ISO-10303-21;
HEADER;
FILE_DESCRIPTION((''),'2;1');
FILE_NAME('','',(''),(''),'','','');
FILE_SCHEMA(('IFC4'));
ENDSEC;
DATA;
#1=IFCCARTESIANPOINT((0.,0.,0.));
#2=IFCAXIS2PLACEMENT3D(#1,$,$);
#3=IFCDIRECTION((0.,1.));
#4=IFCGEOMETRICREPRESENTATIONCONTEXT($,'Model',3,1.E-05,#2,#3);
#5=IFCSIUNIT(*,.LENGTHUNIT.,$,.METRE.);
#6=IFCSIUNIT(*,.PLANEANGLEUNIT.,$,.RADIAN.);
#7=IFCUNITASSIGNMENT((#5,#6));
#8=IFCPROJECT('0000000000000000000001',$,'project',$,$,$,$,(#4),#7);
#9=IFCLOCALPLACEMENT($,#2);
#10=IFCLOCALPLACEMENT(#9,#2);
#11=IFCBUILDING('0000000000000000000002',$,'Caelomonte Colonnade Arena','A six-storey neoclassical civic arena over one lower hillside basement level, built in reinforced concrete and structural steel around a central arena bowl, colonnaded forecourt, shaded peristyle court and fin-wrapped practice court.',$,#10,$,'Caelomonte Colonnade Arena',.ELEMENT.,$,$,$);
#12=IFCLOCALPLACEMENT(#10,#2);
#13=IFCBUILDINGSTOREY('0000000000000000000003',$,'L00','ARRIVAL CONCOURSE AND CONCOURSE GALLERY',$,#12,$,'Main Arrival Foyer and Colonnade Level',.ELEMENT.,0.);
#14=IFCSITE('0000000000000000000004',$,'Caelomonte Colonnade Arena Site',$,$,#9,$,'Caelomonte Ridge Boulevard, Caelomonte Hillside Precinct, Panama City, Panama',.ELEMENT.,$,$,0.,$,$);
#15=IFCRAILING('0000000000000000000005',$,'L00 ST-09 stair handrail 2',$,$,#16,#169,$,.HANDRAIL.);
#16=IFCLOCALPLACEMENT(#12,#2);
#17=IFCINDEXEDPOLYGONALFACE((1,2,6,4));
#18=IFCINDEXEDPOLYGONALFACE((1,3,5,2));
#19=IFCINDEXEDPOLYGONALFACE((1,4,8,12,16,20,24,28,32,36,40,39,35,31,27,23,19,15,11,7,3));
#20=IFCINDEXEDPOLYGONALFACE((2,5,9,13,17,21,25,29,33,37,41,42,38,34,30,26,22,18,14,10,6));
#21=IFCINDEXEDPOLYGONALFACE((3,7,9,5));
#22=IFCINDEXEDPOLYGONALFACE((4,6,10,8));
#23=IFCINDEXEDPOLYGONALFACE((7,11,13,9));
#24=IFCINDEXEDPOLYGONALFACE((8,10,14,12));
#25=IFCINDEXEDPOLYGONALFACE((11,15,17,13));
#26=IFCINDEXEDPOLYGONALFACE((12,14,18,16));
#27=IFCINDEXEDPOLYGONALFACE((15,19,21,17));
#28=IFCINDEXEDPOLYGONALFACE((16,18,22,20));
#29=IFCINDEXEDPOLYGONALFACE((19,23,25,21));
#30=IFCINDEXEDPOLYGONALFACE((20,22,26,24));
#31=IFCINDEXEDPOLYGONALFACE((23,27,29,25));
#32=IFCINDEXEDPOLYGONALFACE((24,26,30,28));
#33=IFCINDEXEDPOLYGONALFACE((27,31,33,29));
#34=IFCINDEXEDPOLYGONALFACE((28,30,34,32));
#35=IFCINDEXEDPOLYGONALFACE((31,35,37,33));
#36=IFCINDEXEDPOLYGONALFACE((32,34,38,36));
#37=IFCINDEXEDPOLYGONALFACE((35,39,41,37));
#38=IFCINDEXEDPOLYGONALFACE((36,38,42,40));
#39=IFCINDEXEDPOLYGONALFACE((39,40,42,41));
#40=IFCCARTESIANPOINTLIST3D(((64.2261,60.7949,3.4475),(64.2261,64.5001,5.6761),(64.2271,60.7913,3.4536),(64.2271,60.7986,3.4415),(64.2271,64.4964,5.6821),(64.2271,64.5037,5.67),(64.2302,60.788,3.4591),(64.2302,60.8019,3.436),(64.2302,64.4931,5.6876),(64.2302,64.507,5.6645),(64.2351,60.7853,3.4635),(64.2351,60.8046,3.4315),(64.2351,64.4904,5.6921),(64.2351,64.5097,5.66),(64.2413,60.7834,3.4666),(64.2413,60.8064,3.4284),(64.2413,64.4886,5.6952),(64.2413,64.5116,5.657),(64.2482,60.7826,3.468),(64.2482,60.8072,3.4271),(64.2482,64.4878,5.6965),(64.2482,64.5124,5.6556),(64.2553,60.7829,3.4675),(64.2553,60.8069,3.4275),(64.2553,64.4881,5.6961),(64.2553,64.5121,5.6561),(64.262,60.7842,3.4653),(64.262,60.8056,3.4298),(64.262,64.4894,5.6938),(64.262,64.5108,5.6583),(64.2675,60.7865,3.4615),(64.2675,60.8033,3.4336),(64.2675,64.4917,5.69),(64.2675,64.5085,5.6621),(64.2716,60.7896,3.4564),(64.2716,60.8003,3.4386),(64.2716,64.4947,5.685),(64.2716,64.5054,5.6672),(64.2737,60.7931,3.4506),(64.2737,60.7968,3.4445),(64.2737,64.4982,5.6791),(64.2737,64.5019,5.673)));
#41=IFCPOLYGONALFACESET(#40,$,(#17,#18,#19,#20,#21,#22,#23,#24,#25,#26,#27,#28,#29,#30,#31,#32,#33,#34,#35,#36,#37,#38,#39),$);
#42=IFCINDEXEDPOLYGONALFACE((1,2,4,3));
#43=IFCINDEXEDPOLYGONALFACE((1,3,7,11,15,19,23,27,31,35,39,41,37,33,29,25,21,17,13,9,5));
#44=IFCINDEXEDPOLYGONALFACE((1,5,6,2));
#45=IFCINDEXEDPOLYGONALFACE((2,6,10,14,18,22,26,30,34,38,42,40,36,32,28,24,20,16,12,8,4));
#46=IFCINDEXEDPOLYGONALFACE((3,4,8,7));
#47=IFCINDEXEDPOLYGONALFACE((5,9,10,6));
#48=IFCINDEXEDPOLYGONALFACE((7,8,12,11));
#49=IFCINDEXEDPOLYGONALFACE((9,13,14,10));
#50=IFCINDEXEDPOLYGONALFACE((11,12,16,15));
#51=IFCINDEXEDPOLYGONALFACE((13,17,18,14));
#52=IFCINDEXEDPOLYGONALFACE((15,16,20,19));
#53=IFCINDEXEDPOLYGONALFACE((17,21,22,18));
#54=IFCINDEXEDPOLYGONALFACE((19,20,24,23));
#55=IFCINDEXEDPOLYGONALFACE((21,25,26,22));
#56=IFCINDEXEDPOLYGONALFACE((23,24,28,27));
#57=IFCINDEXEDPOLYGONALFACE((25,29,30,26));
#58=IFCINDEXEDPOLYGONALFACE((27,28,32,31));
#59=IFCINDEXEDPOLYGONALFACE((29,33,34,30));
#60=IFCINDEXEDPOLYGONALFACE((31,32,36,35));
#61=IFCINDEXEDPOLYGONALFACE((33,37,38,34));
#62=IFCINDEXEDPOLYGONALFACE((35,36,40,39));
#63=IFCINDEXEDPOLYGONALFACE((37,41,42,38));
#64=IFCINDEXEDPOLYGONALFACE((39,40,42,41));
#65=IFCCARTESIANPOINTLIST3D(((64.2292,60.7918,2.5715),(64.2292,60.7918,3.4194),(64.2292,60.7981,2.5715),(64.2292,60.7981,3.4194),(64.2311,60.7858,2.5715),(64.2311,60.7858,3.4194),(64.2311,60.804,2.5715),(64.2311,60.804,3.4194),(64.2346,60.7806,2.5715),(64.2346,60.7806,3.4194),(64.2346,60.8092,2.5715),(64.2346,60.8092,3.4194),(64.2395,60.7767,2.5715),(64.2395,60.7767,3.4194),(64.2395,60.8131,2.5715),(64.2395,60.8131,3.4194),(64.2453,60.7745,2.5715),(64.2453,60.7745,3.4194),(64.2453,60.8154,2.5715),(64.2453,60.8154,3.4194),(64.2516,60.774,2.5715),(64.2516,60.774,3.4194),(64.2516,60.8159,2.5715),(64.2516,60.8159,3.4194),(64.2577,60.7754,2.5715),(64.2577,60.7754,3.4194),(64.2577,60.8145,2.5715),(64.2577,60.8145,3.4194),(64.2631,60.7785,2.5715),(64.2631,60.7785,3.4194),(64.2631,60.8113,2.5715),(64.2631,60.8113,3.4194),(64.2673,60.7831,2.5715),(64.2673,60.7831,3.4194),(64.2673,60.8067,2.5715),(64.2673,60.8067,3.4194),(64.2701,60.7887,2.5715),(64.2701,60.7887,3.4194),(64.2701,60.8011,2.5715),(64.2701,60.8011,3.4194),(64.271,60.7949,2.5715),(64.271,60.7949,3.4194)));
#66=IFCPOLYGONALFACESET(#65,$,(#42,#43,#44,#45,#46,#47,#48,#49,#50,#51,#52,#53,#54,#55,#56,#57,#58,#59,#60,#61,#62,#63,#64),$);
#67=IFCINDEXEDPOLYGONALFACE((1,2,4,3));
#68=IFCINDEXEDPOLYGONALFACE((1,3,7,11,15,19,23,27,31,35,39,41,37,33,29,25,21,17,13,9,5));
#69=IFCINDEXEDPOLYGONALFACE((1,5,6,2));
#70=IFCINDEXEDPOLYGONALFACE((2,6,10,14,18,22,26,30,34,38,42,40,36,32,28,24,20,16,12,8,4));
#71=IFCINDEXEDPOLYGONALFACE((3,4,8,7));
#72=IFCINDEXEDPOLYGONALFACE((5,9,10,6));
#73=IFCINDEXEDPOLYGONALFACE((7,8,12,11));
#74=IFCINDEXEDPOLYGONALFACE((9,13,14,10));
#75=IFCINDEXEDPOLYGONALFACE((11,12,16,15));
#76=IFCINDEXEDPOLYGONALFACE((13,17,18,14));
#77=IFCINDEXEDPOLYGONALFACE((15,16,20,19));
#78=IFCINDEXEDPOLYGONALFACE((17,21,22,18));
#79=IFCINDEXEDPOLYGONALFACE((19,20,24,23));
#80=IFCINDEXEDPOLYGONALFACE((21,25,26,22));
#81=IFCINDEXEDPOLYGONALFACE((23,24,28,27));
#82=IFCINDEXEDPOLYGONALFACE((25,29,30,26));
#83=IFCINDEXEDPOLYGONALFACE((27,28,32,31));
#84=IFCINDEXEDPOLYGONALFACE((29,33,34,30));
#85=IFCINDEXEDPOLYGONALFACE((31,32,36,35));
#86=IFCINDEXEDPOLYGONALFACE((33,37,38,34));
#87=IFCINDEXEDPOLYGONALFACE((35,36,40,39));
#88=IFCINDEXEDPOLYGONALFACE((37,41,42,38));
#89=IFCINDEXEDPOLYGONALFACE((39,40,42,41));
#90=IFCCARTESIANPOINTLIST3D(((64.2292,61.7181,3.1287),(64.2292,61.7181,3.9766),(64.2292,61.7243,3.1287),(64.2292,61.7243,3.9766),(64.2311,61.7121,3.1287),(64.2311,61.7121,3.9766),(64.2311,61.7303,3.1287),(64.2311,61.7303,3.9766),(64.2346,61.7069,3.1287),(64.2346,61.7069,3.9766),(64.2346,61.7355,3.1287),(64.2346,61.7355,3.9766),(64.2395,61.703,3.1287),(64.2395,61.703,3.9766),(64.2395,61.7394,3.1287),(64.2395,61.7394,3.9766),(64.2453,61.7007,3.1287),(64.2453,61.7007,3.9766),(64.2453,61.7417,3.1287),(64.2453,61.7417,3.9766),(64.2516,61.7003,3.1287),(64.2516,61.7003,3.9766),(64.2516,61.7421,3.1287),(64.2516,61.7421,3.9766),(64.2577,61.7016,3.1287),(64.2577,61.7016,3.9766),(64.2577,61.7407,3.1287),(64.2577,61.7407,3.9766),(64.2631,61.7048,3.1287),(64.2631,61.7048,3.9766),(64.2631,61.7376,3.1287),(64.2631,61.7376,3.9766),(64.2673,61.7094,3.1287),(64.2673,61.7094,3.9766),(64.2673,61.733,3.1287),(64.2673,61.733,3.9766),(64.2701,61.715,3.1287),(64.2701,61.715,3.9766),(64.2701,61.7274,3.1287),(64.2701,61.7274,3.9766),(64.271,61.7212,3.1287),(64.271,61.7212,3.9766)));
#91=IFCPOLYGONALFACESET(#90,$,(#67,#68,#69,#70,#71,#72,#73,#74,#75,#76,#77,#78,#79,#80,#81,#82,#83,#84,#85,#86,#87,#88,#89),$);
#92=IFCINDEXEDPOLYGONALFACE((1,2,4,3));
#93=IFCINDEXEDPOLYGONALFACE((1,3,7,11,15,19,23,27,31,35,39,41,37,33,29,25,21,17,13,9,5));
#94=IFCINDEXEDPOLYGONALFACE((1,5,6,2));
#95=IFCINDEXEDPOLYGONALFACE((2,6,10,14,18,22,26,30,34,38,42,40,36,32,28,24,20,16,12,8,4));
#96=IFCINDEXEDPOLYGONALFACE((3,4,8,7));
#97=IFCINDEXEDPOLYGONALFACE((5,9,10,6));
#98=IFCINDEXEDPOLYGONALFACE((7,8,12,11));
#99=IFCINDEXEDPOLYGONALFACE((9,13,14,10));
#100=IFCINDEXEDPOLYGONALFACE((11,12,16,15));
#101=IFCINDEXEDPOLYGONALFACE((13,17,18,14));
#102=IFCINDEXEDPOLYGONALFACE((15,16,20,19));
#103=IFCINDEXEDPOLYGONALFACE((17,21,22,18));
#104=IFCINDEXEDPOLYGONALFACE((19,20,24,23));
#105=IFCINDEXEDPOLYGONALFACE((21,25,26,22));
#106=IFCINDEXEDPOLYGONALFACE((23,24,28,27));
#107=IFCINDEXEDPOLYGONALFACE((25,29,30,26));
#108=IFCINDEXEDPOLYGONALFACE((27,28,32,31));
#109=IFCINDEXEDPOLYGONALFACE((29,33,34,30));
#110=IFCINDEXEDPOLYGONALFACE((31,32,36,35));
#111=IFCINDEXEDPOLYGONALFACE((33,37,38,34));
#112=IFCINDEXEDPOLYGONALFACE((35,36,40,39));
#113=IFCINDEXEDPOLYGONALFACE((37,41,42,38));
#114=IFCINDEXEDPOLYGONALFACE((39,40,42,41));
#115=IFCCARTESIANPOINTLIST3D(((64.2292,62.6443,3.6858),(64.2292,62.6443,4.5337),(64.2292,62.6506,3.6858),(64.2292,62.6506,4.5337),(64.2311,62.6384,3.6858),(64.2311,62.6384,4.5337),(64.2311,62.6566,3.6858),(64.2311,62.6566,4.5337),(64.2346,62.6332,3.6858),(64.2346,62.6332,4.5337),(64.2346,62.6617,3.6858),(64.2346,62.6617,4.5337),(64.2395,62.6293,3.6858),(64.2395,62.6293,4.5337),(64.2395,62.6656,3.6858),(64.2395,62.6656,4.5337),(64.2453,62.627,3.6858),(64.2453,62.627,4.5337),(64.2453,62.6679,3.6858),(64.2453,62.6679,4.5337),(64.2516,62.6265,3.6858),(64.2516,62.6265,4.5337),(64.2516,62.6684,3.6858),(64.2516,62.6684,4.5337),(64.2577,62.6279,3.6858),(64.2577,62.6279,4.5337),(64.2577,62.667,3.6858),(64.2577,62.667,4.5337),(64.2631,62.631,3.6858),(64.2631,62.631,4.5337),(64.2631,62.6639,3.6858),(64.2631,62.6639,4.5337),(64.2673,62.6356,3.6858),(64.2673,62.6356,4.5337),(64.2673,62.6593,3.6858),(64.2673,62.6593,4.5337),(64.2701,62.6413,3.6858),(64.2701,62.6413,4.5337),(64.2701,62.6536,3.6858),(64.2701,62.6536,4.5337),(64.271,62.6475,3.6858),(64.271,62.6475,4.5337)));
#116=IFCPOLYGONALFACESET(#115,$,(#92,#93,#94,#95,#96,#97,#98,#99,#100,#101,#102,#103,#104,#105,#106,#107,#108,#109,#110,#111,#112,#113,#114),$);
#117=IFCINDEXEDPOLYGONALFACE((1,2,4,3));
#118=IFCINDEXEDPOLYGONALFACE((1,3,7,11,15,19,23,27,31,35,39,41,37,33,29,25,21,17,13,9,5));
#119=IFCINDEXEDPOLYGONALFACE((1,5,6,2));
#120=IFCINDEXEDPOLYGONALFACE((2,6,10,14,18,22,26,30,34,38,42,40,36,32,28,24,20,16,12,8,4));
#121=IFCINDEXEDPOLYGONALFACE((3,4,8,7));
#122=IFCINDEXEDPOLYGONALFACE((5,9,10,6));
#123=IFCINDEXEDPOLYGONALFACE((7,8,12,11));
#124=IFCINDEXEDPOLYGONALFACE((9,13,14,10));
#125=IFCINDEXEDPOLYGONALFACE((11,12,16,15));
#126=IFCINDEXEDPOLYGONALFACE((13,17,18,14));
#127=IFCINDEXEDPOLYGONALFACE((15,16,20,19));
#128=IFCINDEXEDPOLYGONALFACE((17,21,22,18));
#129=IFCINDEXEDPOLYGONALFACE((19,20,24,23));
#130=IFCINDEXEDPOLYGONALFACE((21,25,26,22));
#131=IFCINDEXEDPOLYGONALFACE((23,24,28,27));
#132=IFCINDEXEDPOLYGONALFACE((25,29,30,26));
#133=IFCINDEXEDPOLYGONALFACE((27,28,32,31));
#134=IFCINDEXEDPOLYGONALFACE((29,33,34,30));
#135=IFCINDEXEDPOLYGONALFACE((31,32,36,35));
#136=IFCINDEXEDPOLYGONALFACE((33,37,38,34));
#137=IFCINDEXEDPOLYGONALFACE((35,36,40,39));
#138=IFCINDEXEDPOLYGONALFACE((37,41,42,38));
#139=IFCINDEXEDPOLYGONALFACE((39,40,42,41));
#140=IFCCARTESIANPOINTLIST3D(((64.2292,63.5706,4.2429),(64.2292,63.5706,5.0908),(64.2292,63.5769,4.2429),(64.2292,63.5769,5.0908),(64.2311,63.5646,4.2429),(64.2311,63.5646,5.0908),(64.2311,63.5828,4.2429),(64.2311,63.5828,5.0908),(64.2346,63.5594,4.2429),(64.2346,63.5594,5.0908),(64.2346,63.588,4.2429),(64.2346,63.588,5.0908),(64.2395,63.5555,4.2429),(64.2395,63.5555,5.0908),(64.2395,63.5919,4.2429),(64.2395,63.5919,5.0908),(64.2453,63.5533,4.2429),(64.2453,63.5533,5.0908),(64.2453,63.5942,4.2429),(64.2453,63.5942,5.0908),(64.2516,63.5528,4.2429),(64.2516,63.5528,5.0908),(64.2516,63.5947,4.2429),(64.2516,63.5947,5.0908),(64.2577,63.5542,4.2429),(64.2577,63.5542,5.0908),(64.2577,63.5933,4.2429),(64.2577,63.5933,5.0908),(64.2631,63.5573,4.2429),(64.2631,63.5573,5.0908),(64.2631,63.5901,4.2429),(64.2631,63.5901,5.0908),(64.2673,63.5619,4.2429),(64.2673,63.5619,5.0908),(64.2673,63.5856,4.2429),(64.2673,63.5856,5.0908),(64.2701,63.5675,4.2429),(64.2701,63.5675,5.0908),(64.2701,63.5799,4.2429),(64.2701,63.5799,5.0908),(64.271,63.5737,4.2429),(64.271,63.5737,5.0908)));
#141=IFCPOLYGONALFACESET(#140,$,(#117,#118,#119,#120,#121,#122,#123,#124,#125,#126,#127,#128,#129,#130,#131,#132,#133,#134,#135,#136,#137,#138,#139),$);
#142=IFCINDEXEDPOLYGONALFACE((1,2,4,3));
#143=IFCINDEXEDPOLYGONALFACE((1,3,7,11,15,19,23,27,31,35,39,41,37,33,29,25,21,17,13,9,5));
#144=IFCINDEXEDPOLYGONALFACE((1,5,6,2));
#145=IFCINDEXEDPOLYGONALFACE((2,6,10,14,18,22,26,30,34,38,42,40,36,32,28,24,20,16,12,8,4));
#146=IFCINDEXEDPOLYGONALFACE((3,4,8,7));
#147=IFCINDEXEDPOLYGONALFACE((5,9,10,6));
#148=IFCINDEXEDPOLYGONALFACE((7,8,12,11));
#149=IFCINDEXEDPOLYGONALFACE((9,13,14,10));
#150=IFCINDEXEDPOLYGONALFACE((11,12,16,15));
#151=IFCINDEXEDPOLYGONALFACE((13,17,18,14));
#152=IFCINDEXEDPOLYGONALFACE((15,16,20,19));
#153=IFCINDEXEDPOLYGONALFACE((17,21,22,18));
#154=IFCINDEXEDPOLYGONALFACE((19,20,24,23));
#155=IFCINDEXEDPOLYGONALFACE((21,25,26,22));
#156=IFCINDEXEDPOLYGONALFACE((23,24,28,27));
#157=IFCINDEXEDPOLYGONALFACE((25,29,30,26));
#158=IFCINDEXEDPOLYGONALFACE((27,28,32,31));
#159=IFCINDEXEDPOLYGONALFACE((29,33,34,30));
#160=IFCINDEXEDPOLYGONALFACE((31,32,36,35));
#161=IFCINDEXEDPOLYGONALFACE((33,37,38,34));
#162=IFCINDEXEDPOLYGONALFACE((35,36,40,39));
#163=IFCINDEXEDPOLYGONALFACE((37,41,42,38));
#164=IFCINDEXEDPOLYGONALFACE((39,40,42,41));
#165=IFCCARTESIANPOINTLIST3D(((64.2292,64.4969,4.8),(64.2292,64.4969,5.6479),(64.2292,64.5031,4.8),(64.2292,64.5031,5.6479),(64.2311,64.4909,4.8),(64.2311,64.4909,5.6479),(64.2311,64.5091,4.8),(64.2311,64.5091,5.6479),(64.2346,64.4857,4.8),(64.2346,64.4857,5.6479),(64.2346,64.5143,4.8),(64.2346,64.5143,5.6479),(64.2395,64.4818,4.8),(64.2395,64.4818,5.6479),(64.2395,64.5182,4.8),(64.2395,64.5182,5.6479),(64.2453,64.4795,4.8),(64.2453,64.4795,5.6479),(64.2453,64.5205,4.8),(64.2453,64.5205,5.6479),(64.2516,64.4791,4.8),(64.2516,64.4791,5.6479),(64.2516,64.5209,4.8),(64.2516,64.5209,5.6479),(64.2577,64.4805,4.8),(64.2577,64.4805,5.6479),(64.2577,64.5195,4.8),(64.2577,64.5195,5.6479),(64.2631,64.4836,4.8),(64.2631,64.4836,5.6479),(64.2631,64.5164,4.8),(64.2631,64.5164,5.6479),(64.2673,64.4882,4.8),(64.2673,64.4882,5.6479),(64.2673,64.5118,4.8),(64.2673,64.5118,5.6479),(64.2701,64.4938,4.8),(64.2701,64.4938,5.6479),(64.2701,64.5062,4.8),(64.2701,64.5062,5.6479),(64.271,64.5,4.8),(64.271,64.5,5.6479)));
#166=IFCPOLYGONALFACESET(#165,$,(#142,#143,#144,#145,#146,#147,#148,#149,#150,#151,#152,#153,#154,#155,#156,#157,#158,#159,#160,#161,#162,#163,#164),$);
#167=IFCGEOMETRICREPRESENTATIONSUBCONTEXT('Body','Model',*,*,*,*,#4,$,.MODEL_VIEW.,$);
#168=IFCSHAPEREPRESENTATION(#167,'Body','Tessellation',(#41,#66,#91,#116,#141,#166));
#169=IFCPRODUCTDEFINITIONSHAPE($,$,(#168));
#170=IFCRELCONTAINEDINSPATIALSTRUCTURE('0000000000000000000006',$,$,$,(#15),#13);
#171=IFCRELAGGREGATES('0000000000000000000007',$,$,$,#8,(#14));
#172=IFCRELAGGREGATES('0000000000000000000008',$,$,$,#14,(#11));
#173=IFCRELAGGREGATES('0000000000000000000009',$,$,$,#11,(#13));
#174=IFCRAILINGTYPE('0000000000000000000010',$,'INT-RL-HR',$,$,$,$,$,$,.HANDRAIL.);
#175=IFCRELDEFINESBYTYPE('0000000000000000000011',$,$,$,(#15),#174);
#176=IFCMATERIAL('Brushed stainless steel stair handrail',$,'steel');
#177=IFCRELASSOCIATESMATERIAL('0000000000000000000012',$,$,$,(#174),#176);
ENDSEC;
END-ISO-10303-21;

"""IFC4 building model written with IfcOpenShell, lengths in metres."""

from ifc_helpers import new_model, si_unit, direction, frame, origin, origin_2d, place, context, subcontext, project, spatial, circle, extrude, material, type_object, element, save


model = new_model("IFC4")

# Units and contexts
model_context = context("Model", 3, precision=1e-05, world=origin(), true_north=direction((0.0, 1.0)))
body_context = subcontext(model_context, "Body", "Model", "MODEL_VIEW")
ifc_project = project(units=[si_unit("LENGTHUNIT", "METRE"), si_unit("PLANEANGLEUNIT", "RADIAN")], contexts=[model_context])

# Site, building, storey
site_placement = place(None, origin())
site = spatial("IfcSite", under=ifc_project, at=site_placement, Name="Caelomonte Colonnade Arena Site", LongName="Caelomonte Ridge Boulevard, Caelomonte Hillside Precinct, Panama City, Panama", CompositionType="ELEMENT", RefElevation=0.0)
building_placement = place(site_placement, origin())
building = spatial("IfcBuilding", under=site, at=building_placement, Name="Caelomonte Colonnade Arena", Description="A six-storey neoclassical civic arena over one lower hillside basement level, built in reinforced concrete and structural steel around a central arena bowl, colonnaded forecourt, shaded peristyle court and fin-wrapped practice court.", LongName="Caelomonte Colonnade Arena", CompositionType="ELEMENT")
storey_placement = place(building_placement, origin())
storey = spatial("IfcBuildingStorey", under=building, at=storey_placement, Name="L00", Description="ARRIVAL CONCOURSE AND CONCOURSE GALLERY", LongName="Main Arrival Foyer and Colonnade Level", CompositionType="ELEMENT", Elevation=0.0)

# Railing
ifc_material_1 = material(Name="Brushed stainless steel stair handrail", Category="steel")
railing_type_1 = type_object("IfcRailingType", Name="INT-RL-HR", PredefinedType="HANDRAIL", material=ifc_material_1)
railing_1_placement = place(storey_placement, frame((64.25, 60.7949, 2.5715)))
element("IfcRailing", 1, at=railing_1_placement, inside=storey, type_object=railing_type_1, Name="L00 ST-09 stair handrail 2", PredefinedType="HANDRAIL", context=body_context, shape_type="SweptSolid", body=[
    extrude(circle(Radius=0.0239, at=origin_2d()), frame((0.0, 0.0, 0.876), z_axis=(0.0, 0.856934, 0.515425), x_axis=(-1.0, 0.0, 0.0)), (0.0, 0.0, 1.0), 4.3237),
    extrude(circle(Radius=0.021, at=origin_2d()), origin(), (0.0, 0.0, 1.0), 0.8479),
    extrude(circle(Radius=0.021, at=origin_2d()), frame((0.0, 0.9263, 0.5571)), (0.0, 0.0, 1.0), 0.8479),
    extrude(circle(Radius=0.021, at=origin_2d()), frame((0.0, 1.8525, 1.1143)), (0.0, 0.0, 1.0), 0.8479),
    extrude(circle(Radius=0.021, at=origin_2d()), frame((0.0, 2.7788, 1.6714)), (0.0, 0.0, 1.0), 0.8479),
    extrude(circle(Radius=0.021, at=origin_2d()), frame((0.0, 3.7051, 2.2285)), (0.0, 0.0, 1.0), 0.8479),
])

save(model, "model.ifc")
